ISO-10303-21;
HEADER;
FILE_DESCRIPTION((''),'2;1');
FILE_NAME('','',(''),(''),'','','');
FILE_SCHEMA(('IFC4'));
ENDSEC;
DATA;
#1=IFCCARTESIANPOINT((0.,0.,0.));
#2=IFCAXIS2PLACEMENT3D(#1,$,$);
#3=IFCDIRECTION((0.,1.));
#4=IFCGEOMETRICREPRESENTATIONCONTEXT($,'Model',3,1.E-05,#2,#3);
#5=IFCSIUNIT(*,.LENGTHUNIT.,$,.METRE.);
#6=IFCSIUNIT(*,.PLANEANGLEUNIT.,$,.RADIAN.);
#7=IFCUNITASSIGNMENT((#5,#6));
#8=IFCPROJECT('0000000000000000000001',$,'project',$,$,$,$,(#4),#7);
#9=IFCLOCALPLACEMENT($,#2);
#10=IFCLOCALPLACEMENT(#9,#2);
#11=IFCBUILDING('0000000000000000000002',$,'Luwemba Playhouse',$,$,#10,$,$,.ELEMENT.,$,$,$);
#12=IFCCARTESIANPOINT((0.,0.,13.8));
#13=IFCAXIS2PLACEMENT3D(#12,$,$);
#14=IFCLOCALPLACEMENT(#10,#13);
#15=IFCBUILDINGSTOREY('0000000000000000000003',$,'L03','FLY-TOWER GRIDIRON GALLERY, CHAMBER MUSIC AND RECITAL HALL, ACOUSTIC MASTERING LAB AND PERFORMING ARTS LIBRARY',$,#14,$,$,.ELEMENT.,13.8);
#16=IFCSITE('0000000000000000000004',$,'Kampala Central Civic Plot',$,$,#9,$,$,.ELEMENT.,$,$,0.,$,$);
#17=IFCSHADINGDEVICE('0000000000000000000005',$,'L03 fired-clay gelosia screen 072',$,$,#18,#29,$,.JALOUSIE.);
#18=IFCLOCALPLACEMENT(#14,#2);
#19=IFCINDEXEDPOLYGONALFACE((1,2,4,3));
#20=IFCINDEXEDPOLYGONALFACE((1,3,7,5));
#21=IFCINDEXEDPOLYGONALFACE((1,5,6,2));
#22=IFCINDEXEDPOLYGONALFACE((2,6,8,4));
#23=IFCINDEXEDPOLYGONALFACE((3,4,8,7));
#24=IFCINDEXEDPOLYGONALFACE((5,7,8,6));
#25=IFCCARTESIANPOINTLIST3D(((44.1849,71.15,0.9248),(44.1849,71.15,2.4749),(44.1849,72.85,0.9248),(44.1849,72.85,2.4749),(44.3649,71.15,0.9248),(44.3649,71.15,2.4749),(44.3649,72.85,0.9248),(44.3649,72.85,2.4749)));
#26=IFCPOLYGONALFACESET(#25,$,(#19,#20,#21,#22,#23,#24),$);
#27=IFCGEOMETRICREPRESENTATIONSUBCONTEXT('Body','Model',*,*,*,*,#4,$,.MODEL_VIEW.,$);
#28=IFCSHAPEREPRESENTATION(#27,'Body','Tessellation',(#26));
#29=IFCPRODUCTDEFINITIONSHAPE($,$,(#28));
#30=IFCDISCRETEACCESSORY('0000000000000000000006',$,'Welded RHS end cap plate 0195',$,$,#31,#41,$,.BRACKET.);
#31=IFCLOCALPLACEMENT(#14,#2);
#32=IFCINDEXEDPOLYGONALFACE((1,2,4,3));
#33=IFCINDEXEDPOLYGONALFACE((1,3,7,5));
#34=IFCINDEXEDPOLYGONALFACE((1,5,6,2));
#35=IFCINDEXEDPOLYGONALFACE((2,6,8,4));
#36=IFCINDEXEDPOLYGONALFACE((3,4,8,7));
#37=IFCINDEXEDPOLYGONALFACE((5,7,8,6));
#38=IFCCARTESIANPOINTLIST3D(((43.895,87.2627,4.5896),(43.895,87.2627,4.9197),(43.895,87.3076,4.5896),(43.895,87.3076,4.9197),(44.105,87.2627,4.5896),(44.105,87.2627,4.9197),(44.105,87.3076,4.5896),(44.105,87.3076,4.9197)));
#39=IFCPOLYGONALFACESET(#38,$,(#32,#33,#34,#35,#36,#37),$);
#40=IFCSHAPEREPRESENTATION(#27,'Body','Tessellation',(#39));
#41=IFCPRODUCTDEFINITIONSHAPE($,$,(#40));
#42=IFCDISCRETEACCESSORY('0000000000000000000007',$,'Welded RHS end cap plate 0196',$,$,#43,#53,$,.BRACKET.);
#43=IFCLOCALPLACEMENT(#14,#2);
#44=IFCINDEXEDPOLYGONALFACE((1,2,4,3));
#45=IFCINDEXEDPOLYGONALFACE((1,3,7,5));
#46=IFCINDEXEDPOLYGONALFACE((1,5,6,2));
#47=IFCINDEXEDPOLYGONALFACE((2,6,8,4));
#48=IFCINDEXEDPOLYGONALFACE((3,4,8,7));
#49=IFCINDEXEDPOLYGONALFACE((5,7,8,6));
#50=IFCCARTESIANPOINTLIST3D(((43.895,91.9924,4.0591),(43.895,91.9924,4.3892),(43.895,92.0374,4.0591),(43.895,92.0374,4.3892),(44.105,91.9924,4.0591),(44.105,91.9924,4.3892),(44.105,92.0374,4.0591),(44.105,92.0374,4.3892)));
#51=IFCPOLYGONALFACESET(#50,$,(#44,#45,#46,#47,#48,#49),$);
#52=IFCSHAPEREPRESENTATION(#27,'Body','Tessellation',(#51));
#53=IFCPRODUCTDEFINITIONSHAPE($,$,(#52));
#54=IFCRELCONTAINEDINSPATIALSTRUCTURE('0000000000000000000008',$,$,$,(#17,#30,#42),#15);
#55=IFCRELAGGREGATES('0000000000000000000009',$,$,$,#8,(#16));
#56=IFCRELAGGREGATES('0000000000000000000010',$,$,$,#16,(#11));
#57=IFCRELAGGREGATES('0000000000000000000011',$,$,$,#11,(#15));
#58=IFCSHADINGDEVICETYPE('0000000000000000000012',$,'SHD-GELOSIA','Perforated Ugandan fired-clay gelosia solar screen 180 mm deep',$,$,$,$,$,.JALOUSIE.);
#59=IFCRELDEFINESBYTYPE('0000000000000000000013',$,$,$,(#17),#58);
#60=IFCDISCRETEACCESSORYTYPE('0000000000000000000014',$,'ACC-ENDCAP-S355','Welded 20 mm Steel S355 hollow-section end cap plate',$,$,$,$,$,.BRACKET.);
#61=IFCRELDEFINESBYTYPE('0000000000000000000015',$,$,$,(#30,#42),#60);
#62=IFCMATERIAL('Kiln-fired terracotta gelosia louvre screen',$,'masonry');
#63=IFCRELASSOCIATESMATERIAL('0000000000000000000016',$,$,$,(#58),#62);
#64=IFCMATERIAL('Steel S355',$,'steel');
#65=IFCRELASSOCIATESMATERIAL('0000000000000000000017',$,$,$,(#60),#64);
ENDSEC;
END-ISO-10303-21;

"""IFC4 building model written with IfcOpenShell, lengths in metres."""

from ifc_helpers import new_model, si_unit, direction, frame, origin, origin_2d, place, context, subcontext, project, spatial, rectangle, extrude, material, type_object, element, save


model = new_model("IFC4")

# Units and contexts
model_context = context("Model", 3, precision=1e-05, world=origin(), true_north=direction((0.0, 1.0)))
body_context = subcontext(model_context, "Body", "Model", "MODEL_VIEW")
ifc_project = project(units=[si_unit("LENGTHUNIT", "METRE"), si_unit("PLANEANGLEUNIT", "RADIAN")], contexts=[model_context])

# Site, building, storey
site_placement = place(None, origin())
site = spatial("IfcSite", under=ifc_project, at=site_placement, Name="Kampala Central Civic Plot", CompositionType="ELEMENT", RefElevation=0.0)
building_placement = place(site_placement, origin())
building = spatial("IfcBuilding", under=site, at=building_placement, Name="Luwemba Playhouse", CompositionType="ELEMENT")
storey_placement = place(building_placement, frame((0.0, 0.0, 13.8)))
storey = spatial("IfcBuildingStorey", under=building, at=storey_placement, Name="L03", Description="FLY-TOWER GRIDIRON GALLERY, CHAMBER MUSIC AND RECITAL HALL, ACOUSTIC MASTERING LAB AND PERFORMING ARTS LIBRARY", CompositionType="ELEMENT", Elevation=13.8)

# Shared definitions
ifc_material_1 = material(Name="Steel S355", Category="steel")

# Shading device
ifc_material_2 = material(Name="Kiln-fired terracotta gelosia louvre screen", Category="masonry")
shading_device_type_1 = type_object("IfcShadingDeviceType", Name="SHD-GELOSIA", Description="Perforated Ugandan fired-clay gelosia solar screen 180 mm deep", PredefinedType="JALOUSIE", material=ifc_material_2)
shading_device_1_placement = place(storey_placement, frame((44.2749, 72.0, 0.9248), z_axis=(0.0, 0.0, 1.0), x_axis=(0.0, -1.0, 0.0)))
element("IfcShadingDevice", 1, at=shading_device_1_placement, inside=storey, type_object=shading_device_type_1, Name="L03 fired-clay gelosia screen 072", PredefinedType="JALOUSIE", context=body_context, shape_type="SweptSolid", body=[
    extrude(rectangle(XDim=1.7, YDim=0.1799, at=origin_2d()), origin(), (0.0, 0.0, 1.0), 1.55),
])

# Discrete accessories
discrete_accessory_type = type_object("IfcDiscreteAccessoryType", Name="ACC-ENDCAP-S355", Description="Welded 20 mm Steel S355 hollow-section end cap plate", PredefinedType="BRACKET", material=ifc_material_1)
for number, where, z_axis, x_axis, name in (
    (2, (44.0, 87.2852, 4.5896), (0.0, 0.0, 1.0), (1.0, 0.0, 0.0), "Welded RHS end cap plate 0195"),
    (3, (44.0, 92.0149, 4.0591), (0.0, 0.0, 1.0), (1.0, 0.0, 0.0), "Welded RHS end cap plate 0196"),
):
    element("IfcDiscreteAccessory", number, at=place(storey_placement, frame(where, z_axis=z_axis, x_axis=x_axis)), inside=storey, type_object=discrete_accessory_type, Name=name, PredefinedType="BRACKET", context=body_context, shape_type="SweptSolid", body=[
        extrude(rectangle(XDim=0.21, YDim=0.0449, at=origin_2d()), origin(), (0.0, 0.0, 1.0), 0.3301),
    ])

save(model, "model.ifc")
